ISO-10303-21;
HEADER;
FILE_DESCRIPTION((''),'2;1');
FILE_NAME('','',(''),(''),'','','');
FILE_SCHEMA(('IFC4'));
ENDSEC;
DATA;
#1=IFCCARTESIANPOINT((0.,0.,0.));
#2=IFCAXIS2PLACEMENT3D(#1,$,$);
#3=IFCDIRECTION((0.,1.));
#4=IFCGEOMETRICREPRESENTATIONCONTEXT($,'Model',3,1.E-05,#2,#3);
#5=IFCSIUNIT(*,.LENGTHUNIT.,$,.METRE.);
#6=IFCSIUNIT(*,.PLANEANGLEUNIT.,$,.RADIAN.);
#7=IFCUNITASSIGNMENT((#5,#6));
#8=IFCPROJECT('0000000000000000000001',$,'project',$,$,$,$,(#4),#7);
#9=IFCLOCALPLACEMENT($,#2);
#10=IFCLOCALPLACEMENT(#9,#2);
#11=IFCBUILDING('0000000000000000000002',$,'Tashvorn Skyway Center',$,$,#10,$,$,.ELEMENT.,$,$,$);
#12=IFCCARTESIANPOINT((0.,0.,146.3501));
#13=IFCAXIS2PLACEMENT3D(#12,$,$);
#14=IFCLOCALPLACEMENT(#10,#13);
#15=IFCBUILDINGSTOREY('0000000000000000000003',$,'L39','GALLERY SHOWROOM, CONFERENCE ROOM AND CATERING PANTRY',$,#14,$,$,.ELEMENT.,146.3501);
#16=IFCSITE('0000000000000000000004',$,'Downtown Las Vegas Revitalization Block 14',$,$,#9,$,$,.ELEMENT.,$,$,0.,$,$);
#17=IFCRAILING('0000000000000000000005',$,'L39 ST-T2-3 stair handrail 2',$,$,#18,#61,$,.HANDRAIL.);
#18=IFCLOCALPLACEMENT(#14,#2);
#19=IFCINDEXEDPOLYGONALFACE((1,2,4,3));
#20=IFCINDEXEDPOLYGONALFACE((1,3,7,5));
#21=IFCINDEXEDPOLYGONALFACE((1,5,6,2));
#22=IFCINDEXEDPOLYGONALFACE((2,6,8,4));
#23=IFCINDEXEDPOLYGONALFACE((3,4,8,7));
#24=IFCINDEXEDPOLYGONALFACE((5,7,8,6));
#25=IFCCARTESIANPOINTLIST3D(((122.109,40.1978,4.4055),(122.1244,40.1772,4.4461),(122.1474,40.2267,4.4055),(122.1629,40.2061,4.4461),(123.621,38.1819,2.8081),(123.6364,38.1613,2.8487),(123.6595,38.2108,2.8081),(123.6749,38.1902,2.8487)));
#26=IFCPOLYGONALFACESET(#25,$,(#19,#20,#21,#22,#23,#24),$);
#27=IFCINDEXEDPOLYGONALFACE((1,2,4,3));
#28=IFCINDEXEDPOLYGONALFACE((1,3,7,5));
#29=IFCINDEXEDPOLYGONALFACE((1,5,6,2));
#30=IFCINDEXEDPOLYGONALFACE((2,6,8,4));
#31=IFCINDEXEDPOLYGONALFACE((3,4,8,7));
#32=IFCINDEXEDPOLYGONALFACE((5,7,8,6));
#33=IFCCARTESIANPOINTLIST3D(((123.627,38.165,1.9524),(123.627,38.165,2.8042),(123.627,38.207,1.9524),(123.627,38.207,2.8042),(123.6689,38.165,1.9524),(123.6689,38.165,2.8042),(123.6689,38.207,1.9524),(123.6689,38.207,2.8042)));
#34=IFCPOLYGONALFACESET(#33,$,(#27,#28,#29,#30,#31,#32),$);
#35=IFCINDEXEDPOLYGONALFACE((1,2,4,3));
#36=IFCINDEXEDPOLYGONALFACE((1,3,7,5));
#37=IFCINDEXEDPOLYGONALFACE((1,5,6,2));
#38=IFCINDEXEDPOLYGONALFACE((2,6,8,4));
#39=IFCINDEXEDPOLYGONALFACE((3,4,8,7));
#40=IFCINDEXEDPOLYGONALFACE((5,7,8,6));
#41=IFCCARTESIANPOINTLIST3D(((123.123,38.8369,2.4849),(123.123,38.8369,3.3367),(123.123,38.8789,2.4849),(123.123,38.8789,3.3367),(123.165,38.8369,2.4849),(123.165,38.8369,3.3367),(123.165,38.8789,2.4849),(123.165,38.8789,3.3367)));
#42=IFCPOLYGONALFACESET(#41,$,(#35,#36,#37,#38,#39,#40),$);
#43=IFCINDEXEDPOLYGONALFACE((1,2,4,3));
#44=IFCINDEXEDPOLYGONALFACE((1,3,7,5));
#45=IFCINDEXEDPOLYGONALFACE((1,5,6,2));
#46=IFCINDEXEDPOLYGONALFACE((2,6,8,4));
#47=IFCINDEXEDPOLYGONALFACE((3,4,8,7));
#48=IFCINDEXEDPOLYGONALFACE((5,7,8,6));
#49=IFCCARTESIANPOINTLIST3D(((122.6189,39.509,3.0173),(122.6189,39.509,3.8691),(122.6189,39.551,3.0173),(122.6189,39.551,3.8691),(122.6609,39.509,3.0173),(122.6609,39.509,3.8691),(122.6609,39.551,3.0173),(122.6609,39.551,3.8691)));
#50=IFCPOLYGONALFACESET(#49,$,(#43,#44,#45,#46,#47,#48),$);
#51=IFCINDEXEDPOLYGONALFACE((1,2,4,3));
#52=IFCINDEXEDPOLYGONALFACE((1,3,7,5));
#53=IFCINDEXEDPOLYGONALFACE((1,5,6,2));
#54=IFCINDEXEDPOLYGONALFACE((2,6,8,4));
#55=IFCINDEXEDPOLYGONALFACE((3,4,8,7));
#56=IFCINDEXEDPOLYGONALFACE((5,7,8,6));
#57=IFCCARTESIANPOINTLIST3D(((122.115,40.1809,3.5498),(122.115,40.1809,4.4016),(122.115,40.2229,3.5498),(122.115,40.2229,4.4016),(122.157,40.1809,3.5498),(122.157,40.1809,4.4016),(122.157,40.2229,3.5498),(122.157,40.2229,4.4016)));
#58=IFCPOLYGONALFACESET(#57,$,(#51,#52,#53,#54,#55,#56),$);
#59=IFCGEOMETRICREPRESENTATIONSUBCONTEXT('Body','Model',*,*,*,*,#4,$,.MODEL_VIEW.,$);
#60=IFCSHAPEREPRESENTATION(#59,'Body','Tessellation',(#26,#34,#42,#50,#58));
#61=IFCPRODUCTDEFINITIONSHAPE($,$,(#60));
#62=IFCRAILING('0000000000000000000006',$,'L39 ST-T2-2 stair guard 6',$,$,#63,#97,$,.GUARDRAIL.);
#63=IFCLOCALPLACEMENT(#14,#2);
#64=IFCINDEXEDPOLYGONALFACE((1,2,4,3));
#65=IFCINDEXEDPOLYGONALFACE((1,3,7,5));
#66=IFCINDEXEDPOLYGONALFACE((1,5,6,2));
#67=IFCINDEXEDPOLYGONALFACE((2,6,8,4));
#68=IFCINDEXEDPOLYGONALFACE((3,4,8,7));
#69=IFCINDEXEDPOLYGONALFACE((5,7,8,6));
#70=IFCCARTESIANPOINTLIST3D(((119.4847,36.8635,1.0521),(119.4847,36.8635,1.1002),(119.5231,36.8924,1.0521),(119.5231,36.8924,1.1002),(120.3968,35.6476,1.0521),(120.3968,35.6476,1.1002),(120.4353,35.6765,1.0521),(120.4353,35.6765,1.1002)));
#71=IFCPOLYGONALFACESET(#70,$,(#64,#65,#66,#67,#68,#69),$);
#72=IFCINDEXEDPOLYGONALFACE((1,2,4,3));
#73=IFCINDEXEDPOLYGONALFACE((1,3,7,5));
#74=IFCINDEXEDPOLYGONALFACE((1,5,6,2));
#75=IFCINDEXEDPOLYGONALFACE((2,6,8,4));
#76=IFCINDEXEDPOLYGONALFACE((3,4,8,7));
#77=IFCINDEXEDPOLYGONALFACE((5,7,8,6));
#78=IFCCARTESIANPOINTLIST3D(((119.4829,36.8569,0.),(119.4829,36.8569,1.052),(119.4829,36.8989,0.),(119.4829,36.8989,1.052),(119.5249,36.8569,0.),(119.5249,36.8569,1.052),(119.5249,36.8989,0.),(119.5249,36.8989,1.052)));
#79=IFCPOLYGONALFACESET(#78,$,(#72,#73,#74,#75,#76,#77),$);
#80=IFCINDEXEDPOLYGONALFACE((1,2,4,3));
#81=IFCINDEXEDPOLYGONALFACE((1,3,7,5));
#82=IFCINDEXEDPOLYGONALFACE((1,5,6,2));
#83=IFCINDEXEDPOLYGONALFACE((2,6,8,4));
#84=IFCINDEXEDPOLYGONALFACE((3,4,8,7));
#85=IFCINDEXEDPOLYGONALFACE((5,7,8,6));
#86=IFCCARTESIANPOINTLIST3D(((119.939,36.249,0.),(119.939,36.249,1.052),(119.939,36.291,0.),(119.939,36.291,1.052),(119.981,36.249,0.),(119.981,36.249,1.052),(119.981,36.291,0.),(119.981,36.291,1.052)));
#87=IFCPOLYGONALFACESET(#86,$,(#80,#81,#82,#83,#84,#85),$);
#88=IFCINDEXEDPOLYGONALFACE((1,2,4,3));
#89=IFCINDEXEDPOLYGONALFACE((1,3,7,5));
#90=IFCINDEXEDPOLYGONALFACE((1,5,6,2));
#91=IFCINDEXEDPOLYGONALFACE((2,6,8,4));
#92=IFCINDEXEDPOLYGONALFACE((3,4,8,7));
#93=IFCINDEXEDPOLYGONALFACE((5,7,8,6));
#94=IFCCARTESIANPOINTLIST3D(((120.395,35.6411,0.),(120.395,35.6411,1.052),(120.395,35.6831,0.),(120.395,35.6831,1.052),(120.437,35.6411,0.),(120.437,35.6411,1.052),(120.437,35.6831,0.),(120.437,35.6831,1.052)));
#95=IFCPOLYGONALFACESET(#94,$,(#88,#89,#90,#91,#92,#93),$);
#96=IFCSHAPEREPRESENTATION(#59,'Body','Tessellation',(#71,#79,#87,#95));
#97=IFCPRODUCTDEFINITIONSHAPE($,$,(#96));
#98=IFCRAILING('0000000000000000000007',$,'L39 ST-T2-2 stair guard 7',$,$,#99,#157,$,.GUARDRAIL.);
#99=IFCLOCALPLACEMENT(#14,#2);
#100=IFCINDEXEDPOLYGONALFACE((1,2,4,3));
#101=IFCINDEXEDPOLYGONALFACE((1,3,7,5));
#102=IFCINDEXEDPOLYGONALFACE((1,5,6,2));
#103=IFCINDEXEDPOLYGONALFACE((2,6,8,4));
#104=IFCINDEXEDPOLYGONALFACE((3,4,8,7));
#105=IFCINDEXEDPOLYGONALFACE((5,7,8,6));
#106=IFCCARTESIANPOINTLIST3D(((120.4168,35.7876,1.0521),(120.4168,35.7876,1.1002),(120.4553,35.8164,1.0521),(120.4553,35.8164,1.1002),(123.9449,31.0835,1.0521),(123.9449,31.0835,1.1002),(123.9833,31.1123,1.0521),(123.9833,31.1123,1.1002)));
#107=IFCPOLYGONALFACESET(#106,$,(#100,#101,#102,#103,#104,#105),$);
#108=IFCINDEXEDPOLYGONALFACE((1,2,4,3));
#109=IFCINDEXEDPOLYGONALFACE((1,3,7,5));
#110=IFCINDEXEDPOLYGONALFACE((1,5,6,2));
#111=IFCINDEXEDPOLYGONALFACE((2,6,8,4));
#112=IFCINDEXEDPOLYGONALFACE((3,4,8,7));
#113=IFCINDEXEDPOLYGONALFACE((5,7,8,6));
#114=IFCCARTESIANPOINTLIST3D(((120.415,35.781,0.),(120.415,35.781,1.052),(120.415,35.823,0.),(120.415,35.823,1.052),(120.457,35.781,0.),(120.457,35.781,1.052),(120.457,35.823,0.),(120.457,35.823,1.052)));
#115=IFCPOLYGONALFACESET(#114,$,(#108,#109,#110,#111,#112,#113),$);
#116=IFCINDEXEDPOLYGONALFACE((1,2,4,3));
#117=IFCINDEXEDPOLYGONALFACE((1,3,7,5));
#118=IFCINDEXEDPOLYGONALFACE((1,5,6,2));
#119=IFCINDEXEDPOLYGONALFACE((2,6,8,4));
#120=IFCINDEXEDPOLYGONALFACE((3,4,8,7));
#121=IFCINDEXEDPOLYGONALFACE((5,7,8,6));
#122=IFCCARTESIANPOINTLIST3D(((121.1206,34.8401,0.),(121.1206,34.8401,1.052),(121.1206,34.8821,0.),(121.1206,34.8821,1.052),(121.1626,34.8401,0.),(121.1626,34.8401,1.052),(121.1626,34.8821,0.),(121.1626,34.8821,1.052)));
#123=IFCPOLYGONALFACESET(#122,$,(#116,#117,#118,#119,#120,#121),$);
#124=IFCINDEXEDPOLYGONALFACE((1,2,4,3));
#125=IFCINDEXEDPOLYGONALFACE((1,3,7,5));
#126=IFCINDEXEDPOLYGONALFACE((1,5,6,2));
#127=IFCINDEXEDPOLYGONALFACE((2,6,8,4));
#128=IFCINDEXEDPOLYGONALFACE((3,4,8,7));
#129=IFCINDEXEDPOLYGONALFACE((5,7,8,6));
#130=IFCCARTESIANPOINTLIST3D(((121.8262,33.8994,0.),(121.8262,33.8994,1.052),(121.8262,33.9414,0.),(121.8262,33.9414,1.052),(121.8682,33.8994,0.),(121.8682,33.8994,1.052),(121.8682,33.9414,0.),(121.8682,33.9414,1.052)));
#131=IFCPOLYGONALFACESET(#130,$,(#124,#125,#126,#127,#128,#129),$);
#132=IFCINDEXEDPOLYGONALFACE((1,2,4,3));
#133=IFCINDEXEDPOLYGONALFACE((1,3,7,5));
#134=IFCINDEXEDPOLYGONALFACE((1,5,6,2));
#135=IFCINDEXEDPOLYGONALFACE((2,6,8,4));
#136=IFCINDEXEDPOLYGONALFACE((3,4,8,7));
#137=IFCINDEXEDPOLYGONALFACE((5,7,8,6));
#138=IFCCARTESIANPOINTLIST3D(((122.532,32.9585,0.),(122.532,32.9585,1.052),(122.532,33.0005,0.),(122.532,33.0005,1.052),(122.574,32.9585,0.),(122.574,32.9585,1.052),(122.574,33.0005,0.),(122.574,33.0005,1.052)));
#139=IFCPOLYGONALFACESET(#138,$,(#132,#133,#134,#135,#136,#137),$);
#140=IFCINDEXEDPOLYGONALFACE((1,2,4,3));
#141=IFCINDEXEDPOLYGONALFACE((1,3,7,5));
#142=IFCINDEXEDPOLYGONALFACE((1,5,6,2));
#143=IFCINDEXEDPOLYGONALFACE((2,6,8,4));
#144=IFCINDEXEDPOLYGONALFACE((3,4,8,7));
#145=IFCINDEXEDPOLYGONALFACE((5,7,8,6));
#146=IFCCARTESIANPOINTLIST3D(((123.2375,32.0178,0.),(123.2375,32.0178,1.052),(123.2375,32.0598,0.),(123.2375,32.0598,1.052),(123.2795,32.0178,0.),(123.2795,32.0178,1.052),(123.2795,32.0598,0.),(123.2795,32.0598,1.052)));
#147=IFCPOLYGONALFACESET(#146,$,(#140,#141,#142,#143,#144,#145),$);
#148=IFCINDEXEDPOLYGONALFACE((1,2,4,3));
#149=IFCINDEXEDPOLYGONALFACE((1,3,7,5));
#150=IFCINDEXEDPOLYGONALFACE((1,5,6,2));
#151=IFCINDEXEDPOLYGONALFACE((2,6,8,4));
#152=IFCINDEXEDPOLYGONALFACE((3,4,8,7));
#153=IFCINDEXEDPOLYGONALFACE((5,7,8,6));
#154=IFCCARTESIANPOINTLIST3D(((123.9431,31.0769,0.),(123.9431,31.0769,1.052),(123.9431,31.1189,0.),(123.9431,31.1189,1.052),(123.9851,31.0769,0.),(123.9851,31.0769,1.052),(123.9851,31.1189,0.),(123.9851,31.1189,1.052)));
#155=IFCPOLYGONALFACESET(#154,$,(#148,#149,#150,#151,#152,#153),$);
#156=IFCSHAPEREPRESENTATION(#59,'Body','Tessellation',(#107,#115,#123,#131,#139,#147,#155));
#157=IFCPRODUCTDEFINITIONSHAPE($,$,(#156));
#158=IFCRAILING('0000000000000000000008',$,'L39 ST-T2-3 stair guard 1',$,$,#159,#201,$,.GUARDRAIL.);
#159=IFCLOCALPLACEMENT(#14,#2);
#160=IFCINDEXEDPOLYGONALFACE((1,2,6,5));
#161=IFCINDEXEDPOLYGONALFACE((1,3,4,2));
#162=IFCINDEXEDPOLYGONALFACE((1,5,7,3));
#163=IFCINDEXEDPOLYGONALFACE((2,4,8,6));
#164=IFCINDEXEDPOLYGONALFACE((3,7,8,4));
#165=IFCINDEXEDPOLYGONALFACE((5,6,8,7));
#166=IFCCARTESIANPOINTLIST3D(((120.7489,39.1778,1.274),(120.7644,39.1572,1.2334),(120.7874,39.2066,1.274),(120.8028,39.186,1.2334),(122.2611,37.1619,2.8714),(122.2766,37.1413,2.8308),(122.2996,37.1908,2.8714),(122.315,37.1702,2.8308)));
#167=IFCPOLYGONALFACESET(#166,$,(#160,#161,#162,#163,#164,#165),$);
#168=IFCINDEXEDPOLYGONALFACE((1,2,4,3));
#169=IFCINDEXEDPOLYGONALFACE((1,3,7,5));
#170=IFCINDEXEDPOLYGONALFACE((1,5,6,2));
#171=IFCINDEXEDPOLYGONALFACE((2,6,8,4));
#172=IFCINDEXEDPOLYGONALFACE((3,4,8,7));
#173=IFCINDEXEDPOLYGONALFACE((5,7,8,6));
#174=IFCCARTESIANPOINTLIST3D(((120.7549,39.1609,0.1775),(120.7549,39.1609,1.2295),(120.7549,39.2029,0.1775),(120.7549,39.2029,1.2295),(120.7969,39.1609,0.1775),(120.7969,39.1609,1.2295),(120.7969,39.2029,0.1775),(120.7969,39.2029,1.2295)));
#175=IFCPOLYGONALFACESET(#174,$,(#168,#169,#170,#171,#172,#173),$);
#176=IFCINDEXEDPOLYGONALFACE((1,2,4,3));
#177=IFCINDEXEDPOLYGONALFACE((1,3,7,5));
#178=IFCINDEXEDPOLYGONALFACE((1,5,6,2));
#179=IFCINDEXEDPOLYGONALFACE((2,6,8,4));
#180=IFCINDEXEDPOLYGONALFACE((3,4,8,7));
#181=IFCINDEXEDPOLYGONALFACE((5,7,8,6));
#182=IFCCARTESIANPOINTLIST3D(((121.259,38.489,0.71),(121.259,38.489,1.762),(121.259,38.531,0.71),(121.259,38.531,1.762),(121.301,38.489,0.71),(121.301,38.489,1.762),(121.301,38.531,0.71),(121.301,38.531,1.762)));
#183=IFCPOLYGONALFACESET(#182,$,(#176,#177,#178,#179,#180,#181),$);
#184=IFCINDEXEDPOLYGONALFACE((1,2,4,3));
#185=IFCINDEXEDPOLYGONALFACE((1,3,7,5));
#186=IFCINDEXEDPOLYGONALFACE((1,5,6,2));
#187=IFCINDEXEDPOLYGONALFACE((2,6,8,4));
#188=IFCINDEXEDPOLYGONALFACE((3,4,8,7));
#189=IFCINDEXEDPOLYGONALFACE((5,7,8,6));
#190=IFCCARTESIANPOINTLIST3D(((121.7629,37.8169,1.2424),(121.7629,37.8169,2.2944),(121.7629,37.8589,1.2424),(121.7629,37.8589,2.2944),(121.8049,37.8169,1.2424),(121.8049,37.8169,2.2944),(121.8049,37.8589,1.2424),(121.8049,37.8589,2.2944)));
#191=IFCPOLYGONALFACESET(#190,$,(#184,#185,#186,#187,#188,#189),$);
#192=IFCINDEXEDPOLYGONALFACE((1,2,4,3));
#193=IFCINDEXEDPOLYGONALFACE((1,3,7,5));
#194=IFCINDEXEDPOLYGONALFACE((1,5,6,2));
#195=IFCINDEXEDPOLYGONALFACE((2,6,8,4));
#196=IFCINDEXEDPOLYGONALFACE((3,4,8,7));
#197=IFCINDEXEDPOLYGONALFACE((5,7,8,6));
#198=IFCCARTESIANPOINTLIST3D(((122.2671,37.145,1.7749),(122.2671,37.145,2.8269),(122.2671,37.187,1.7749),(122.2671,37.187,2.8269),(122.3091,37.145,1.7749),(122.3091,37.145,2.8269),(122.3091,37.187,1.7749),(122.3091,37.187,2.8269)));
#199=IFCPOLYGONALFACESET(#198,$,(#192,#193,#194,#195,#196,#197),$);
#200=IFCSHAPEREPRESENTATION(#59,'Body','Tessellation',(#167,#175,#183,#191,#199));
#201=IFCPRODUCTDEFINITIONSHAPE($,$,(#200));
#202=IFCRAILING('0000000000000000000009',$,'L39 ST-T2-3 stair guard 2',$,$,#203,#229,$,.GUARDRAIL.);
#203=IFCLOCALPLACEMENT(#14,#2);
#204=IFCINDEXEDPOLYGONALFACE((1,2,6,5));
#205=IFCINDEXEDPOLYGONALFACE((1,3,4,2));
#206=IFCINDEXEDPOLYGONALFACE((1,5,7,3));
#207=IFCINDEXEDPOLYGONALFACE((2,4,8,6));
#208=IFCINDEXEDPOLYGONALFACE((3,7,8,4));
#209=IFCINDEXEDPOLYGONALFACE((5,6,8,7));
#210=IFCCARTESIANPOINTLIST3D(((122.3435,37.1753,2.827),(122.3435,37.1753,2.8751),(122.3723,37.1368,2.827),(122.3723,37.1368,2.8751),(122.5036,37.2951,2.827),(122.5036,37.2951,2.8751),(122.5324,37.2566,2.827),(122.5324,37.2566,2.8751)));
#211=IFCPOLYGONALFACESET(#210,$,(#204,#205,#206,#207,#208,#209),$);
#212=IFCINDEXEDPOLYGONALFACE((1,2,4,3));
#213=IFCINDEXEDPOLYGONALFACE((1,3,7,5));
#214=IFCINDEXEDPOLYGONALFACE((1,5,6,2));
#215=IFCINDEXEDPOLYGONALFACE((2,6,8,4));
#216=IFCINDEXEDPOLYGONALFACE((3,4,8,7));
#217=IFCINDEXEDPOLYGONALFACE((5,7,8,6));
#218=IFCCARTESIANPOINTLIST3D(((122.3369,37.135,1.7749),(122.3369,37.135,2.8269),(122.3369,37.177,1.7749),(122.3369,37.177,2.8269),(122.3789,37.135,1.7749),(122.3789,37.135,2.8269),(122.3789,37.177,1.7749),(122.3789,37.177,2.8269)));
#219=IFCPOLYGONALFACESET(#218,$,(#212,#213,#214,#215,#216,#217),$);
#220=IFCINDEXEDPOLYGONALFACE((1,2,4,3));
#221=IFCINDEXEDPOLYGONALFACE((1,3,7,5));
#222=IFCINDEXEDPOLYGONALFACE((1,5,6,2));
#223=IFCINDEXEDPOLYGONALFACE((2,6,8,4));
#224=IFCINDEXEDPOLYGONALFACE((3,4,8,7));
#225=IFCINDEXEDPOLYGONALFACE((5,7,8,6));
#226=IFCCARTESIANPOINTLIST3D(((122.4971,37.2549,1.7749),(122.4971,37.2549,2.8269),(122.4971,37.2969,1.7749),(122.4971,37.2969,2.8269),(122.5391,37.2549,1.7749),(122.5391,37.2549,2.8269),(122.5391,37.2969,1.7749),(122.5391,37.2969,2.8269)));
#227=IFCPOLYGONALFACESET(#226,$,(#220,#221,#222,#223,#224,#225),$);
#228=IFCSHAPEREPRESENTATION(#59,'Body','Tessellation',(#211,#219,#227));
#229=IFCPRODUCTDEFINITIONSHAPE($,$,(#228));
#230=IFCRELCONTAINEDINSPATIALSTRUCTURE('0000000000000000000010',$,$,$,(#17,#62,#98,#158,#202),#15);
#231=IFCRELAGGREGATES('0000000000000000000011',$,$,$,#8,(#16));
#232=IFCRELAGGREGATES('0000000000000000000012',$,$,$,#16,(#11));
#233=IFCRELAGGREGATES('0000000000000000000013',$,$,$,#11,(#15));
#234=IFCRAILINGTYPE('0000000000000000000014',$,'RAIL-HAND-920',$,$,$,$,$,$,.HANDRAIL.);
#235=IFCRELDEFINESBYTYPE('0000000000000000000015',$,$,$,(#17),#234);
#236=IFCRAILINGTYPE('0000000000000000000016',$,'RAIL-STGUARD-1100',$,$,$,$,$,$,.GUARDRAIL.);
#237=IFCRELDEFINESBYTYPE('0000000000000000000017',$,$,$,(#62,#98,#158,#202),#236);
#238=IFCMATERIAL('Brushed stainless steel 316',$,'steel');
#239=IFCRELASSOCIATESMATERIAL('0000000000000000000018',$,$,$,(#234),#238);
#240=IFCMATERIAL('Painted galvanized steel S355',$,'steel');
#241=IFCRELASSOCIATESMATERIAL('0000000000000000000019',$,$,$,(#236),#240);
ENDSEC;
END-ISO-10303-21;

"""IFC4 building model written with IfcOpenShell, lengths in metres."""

from ifc_helpers import new_model, si_unit, direction, frame, origin, origin_2d, place, context, subcontext, project, spatial, rectangle, extrude, material, type_object, element, save


model = new_model("IFC4")

# Units and contexts
model_context = context("Model", 3, precision=1e-05, world=origin(), true_north=direction((0.0, 1.0)))
body_context = subcontext(model_context, "Body", "Model", "MODEL_VIEW")
ifc_project = project(units=[si_unit("LENGTHUNIT", "METRE"), si_unit("PLANEANGLEUNIT", "RADIAN")], contexts=[model_context])

# Site, building, storey
site_placement = place(None, origin())
site = spatial("IfcSite", under=ifc_project, at=site_placement, Name="Downtown Las Vegas Revitalization Block 14", CompositionType="ELEMENT", RefElevation=0.0)
building_placement = place(site_placement, origin())
building = spatial("IfcBuilding", under=site, at=building_placement, Name="Tashvorn Skyway Center", CompositionType="ELEMENT")
storey_placement = place(building_placement, frame((0.0, 0.0, 146.3501)))
storey = spatial("IfcBuildingStorey", under=building, at=storey_placement, Name="L39", Description="GALLERY SHOWROOM, CONFERENCE ROOM AND CATERING PANTRY", CompositionType="ELEMENT", Elevation=146.3501)

# Railings
ifc_material_1 = material(Name="Brushed stainless steel 316", Category="steel")
railing_type_1 = type_object("IfcRailingType", Name="RAIL-HAND-920", PredefinedType="HANDRAIL", material=ifc_material_1)
railing_1_placement = place(storey_placement, frame((123.6479, 38.186, 1.9524)))
element("IfcRailing", 1, at=railing_1_placement, inside=storey, type_object=railing_type_1, Name="L39 ST-T2-3 stair handrail 2", PredefinedType="HANDRAIL", context=body_context, shape_type="SweptSolid", body=[
    extrude(rectangle(XDim=0.0481, YDim=0.0481, at=origin_2d()), frame((0.0, 0.0, 0.876), z_axis=(-0.506769, 0.675664, 0.535409), x_axis=(-0.799988, -0.600016, 0.0)), (0.0, 0.0, 1.0), 2.9836),
    extrude(rectangle(XDim=0.042, YDim=0.042, at=origin_2d()), origin(), (0.0, 0.0, 1.0), 0.8518),
    extrude(rectangle(XDim=0.042, YDim=0.042, at=origin_2d()), frame((-0.5039, 0.6719, 0.5325)), (0.0, 0.0, 1.0), 0.8518),
    extrude(rectangle(XDim=0.042, YDim=0.042, at=origin_2d()), frame((-1.0081, 1.344, 1.0649)), (0.0, 0.0, 1.0), 0.8518),
    extrude(rectangle(XDim=0.042, YDim=0.042, at=origin_2d()), frame((-1.512, 2.0159, 1.5974)), (0.0, 0.0, 1.0), 0.8518),
])
ifc_material_2 = material(Name="Painted galvanized steel S355", Category="steel")
railing_type_2 = type_object("IfcRailingType", Name="RAIL-STGUARD-1100", PredefinedType="GUARDRAIL", material=ifc_material_2)
railing_2_placement = place(storey_placement, frame((119.5039, 36.8779, 0.0)))
element("IfcRailing", 2, at=railing_2_placement, inside=storey, type_object=railing_type_2, Name="L39 ST-T2-2 stair guard 6", PredefinedType="GUARDRAIL", context=body_context, shape_type="SweptSolid", body=[
    extrude(rectangle(XDim=0.0481, YDim=0.0481, at=origin_2d()), frame((0.0, 0.0, 1.0762), z_axis=(0.600103, -0.799923, 0.0), x_axis=(0.799923, 0.600103, 0.0)), (0.0, 0.0, 1.0), 1.52),
    extrude(rectangle(XDim=0.042, YDim=0.042, at=origin_2d()), origin(), (0.0, 0.0, 1.0), 1.052),
    extrude(rectangle(XDim=0.042, YDim=0.042, at=origin_2d()), frame((0.4561, -0.6079, 0.0)), (0.0, 0.0, 1.0), 1.052),
    extrude(rectangle(XDim=0.042, YDim=0.042, at=origin_2d()), frame((0.9121, -1.2158, 0.0)), (0.0, 0.0, 1.0), 1.052),
])
railing_3_placement = place(storey_placement, frame((120.436, 35.802, 0.0)))
element("IfcRailing", 3, at=railing_3_placement, inside=storey, type_object=railing_type_2, Name="L39 ST-T2-2 stair guard 7", PredefinedType="GUARDRAIL", context=body_context, shape_type="SweptSolid", body=[
    extrude(rectangle(XDim=0.0481, YDim=0.0481, at=origin_2d()), frame((0.0, 0.0, 1.0762), z_axis=(0.6, -0.8, 0.0), x_axis=(0.8, 0.6, 0.0)), (0.0, 0.0, 1.0), 5.8801),
    extrude(rectangle(XDim=0.042, YDim=0.042, at=origin_2d()), origin(), (0.0, 0.0, 1.0), 1.052),
    extrude(rectangle(XDim=0.042, YDim=0.042, at=origin_2d()), frame((0.7056, -0.9409, 0.0)), (0.0, 0.0, 1.0), 1.052),
    extrude(rectangle(XDim=0.042, YDim=0.042, at=origin_2d()), frame((1.4111, -1.8816, 0.0)), (0.0, 0.0, 1.0), 1.052),
    extrude(rectangle(XDim=0.042, YDim=0.042, at=origin_2d()), frame((2.1169, -2.8225, 0.0)), (0.0, 0.0, 1.0), 1.052),
    extrude(rectangle(XDim=0.042, YDim=0.042, at=origin_2d()), frame((2.8225, -3.7632, 0.0)), (0.0, 0.0, 1.0), 1.052),
    extrude(rectangle(XDim=0.042, YDim=0.042, at=origin_2d()), frame((3.5281, -4.7041, 0.0)), (0.0, 0.0, 1.0), 1.052),
])
railing_4_placement = place(storey_placement, frame((120.7759, 39.1819, 0.1775)))
element("IfcRailing", 4, at=railing_4_placement, inside=storey, type_object=railing_type_2, Name="L39 ST-T2-3 stair guard 1", PredefinedType="GUARDRAIL", context=body_context, shape_type="SweptSolid", body=[
    extrude(rectangle(XDim=0.0481, YDim=0.0481, at=origin_2d()), frame((0.0, 0.0, 1.0762), z_axis=(0.50683, -0.675636, 0.535387), x_axis=(0.799942, 0.600078, 0.0)), (0.0, 0.0, 1.0), 2.9836),
    extrude(rectangle(XDim=0.042, YDim=0.042, at=origin_2d()), origin(), (0.0, 0.0, 1.0), 1.052),
    extrude(rectangle(XDim=0.042, YDim=0.042, at=origin_2d()), frame((0.5042, -0.6719, 0.5325)), (0.0, 0.0, 1.0), 1.052),
    extrude(rectangle(XDim=0.042, YDim=0.042, at=origin_2d()), frame((1.0081, -1.344, 1.0649)), (0.0, 0.0, 1.0), 1.052),
    extrude(rectangle(XDim=0.042, YDim=0.042, at=origin_2d()), frame((1.5122, -2.0159, 1.5974)), (0.0, 0.0, 1.0), 1.052),
])
railing_5_placement = place(storey_placement, frame((122.3579, 37.156, 1.7749)))
element("IfcRailing", 5, at=railing_5_placement, inside=storey, type_object=railing_type_2, Name="L39 ST-T2-3 stair guard 2", PredefinedType="GUARDRAIL", context=body_context, shape_type="SweptSolid", body=[
    extrude(rectangle(XDim=0.0481, YDim=0.0481, at=origin_2d()), frame((0.0, 0.0, 1.0762), z_axis=(0.800585, 0.599219, 0.0), x_axis=(-0.599219, 0.800585, 0.0)), (0.0, 0.0, 1.0), 0.2),
    extrude(rectangle(XDim=0.042, YDim=0.042, at=origin_2d()), origin(), (0.0, 0.0, 1.0), 1.052),
    extrude(rectangle(XDim=0.042, YDim=0.042, at=origin_2d()), frame((0.1602, 0.1199, 0.0)), (0.0, 0.0, 1.0), 1.052),
])

save(model, "model.ifc")
